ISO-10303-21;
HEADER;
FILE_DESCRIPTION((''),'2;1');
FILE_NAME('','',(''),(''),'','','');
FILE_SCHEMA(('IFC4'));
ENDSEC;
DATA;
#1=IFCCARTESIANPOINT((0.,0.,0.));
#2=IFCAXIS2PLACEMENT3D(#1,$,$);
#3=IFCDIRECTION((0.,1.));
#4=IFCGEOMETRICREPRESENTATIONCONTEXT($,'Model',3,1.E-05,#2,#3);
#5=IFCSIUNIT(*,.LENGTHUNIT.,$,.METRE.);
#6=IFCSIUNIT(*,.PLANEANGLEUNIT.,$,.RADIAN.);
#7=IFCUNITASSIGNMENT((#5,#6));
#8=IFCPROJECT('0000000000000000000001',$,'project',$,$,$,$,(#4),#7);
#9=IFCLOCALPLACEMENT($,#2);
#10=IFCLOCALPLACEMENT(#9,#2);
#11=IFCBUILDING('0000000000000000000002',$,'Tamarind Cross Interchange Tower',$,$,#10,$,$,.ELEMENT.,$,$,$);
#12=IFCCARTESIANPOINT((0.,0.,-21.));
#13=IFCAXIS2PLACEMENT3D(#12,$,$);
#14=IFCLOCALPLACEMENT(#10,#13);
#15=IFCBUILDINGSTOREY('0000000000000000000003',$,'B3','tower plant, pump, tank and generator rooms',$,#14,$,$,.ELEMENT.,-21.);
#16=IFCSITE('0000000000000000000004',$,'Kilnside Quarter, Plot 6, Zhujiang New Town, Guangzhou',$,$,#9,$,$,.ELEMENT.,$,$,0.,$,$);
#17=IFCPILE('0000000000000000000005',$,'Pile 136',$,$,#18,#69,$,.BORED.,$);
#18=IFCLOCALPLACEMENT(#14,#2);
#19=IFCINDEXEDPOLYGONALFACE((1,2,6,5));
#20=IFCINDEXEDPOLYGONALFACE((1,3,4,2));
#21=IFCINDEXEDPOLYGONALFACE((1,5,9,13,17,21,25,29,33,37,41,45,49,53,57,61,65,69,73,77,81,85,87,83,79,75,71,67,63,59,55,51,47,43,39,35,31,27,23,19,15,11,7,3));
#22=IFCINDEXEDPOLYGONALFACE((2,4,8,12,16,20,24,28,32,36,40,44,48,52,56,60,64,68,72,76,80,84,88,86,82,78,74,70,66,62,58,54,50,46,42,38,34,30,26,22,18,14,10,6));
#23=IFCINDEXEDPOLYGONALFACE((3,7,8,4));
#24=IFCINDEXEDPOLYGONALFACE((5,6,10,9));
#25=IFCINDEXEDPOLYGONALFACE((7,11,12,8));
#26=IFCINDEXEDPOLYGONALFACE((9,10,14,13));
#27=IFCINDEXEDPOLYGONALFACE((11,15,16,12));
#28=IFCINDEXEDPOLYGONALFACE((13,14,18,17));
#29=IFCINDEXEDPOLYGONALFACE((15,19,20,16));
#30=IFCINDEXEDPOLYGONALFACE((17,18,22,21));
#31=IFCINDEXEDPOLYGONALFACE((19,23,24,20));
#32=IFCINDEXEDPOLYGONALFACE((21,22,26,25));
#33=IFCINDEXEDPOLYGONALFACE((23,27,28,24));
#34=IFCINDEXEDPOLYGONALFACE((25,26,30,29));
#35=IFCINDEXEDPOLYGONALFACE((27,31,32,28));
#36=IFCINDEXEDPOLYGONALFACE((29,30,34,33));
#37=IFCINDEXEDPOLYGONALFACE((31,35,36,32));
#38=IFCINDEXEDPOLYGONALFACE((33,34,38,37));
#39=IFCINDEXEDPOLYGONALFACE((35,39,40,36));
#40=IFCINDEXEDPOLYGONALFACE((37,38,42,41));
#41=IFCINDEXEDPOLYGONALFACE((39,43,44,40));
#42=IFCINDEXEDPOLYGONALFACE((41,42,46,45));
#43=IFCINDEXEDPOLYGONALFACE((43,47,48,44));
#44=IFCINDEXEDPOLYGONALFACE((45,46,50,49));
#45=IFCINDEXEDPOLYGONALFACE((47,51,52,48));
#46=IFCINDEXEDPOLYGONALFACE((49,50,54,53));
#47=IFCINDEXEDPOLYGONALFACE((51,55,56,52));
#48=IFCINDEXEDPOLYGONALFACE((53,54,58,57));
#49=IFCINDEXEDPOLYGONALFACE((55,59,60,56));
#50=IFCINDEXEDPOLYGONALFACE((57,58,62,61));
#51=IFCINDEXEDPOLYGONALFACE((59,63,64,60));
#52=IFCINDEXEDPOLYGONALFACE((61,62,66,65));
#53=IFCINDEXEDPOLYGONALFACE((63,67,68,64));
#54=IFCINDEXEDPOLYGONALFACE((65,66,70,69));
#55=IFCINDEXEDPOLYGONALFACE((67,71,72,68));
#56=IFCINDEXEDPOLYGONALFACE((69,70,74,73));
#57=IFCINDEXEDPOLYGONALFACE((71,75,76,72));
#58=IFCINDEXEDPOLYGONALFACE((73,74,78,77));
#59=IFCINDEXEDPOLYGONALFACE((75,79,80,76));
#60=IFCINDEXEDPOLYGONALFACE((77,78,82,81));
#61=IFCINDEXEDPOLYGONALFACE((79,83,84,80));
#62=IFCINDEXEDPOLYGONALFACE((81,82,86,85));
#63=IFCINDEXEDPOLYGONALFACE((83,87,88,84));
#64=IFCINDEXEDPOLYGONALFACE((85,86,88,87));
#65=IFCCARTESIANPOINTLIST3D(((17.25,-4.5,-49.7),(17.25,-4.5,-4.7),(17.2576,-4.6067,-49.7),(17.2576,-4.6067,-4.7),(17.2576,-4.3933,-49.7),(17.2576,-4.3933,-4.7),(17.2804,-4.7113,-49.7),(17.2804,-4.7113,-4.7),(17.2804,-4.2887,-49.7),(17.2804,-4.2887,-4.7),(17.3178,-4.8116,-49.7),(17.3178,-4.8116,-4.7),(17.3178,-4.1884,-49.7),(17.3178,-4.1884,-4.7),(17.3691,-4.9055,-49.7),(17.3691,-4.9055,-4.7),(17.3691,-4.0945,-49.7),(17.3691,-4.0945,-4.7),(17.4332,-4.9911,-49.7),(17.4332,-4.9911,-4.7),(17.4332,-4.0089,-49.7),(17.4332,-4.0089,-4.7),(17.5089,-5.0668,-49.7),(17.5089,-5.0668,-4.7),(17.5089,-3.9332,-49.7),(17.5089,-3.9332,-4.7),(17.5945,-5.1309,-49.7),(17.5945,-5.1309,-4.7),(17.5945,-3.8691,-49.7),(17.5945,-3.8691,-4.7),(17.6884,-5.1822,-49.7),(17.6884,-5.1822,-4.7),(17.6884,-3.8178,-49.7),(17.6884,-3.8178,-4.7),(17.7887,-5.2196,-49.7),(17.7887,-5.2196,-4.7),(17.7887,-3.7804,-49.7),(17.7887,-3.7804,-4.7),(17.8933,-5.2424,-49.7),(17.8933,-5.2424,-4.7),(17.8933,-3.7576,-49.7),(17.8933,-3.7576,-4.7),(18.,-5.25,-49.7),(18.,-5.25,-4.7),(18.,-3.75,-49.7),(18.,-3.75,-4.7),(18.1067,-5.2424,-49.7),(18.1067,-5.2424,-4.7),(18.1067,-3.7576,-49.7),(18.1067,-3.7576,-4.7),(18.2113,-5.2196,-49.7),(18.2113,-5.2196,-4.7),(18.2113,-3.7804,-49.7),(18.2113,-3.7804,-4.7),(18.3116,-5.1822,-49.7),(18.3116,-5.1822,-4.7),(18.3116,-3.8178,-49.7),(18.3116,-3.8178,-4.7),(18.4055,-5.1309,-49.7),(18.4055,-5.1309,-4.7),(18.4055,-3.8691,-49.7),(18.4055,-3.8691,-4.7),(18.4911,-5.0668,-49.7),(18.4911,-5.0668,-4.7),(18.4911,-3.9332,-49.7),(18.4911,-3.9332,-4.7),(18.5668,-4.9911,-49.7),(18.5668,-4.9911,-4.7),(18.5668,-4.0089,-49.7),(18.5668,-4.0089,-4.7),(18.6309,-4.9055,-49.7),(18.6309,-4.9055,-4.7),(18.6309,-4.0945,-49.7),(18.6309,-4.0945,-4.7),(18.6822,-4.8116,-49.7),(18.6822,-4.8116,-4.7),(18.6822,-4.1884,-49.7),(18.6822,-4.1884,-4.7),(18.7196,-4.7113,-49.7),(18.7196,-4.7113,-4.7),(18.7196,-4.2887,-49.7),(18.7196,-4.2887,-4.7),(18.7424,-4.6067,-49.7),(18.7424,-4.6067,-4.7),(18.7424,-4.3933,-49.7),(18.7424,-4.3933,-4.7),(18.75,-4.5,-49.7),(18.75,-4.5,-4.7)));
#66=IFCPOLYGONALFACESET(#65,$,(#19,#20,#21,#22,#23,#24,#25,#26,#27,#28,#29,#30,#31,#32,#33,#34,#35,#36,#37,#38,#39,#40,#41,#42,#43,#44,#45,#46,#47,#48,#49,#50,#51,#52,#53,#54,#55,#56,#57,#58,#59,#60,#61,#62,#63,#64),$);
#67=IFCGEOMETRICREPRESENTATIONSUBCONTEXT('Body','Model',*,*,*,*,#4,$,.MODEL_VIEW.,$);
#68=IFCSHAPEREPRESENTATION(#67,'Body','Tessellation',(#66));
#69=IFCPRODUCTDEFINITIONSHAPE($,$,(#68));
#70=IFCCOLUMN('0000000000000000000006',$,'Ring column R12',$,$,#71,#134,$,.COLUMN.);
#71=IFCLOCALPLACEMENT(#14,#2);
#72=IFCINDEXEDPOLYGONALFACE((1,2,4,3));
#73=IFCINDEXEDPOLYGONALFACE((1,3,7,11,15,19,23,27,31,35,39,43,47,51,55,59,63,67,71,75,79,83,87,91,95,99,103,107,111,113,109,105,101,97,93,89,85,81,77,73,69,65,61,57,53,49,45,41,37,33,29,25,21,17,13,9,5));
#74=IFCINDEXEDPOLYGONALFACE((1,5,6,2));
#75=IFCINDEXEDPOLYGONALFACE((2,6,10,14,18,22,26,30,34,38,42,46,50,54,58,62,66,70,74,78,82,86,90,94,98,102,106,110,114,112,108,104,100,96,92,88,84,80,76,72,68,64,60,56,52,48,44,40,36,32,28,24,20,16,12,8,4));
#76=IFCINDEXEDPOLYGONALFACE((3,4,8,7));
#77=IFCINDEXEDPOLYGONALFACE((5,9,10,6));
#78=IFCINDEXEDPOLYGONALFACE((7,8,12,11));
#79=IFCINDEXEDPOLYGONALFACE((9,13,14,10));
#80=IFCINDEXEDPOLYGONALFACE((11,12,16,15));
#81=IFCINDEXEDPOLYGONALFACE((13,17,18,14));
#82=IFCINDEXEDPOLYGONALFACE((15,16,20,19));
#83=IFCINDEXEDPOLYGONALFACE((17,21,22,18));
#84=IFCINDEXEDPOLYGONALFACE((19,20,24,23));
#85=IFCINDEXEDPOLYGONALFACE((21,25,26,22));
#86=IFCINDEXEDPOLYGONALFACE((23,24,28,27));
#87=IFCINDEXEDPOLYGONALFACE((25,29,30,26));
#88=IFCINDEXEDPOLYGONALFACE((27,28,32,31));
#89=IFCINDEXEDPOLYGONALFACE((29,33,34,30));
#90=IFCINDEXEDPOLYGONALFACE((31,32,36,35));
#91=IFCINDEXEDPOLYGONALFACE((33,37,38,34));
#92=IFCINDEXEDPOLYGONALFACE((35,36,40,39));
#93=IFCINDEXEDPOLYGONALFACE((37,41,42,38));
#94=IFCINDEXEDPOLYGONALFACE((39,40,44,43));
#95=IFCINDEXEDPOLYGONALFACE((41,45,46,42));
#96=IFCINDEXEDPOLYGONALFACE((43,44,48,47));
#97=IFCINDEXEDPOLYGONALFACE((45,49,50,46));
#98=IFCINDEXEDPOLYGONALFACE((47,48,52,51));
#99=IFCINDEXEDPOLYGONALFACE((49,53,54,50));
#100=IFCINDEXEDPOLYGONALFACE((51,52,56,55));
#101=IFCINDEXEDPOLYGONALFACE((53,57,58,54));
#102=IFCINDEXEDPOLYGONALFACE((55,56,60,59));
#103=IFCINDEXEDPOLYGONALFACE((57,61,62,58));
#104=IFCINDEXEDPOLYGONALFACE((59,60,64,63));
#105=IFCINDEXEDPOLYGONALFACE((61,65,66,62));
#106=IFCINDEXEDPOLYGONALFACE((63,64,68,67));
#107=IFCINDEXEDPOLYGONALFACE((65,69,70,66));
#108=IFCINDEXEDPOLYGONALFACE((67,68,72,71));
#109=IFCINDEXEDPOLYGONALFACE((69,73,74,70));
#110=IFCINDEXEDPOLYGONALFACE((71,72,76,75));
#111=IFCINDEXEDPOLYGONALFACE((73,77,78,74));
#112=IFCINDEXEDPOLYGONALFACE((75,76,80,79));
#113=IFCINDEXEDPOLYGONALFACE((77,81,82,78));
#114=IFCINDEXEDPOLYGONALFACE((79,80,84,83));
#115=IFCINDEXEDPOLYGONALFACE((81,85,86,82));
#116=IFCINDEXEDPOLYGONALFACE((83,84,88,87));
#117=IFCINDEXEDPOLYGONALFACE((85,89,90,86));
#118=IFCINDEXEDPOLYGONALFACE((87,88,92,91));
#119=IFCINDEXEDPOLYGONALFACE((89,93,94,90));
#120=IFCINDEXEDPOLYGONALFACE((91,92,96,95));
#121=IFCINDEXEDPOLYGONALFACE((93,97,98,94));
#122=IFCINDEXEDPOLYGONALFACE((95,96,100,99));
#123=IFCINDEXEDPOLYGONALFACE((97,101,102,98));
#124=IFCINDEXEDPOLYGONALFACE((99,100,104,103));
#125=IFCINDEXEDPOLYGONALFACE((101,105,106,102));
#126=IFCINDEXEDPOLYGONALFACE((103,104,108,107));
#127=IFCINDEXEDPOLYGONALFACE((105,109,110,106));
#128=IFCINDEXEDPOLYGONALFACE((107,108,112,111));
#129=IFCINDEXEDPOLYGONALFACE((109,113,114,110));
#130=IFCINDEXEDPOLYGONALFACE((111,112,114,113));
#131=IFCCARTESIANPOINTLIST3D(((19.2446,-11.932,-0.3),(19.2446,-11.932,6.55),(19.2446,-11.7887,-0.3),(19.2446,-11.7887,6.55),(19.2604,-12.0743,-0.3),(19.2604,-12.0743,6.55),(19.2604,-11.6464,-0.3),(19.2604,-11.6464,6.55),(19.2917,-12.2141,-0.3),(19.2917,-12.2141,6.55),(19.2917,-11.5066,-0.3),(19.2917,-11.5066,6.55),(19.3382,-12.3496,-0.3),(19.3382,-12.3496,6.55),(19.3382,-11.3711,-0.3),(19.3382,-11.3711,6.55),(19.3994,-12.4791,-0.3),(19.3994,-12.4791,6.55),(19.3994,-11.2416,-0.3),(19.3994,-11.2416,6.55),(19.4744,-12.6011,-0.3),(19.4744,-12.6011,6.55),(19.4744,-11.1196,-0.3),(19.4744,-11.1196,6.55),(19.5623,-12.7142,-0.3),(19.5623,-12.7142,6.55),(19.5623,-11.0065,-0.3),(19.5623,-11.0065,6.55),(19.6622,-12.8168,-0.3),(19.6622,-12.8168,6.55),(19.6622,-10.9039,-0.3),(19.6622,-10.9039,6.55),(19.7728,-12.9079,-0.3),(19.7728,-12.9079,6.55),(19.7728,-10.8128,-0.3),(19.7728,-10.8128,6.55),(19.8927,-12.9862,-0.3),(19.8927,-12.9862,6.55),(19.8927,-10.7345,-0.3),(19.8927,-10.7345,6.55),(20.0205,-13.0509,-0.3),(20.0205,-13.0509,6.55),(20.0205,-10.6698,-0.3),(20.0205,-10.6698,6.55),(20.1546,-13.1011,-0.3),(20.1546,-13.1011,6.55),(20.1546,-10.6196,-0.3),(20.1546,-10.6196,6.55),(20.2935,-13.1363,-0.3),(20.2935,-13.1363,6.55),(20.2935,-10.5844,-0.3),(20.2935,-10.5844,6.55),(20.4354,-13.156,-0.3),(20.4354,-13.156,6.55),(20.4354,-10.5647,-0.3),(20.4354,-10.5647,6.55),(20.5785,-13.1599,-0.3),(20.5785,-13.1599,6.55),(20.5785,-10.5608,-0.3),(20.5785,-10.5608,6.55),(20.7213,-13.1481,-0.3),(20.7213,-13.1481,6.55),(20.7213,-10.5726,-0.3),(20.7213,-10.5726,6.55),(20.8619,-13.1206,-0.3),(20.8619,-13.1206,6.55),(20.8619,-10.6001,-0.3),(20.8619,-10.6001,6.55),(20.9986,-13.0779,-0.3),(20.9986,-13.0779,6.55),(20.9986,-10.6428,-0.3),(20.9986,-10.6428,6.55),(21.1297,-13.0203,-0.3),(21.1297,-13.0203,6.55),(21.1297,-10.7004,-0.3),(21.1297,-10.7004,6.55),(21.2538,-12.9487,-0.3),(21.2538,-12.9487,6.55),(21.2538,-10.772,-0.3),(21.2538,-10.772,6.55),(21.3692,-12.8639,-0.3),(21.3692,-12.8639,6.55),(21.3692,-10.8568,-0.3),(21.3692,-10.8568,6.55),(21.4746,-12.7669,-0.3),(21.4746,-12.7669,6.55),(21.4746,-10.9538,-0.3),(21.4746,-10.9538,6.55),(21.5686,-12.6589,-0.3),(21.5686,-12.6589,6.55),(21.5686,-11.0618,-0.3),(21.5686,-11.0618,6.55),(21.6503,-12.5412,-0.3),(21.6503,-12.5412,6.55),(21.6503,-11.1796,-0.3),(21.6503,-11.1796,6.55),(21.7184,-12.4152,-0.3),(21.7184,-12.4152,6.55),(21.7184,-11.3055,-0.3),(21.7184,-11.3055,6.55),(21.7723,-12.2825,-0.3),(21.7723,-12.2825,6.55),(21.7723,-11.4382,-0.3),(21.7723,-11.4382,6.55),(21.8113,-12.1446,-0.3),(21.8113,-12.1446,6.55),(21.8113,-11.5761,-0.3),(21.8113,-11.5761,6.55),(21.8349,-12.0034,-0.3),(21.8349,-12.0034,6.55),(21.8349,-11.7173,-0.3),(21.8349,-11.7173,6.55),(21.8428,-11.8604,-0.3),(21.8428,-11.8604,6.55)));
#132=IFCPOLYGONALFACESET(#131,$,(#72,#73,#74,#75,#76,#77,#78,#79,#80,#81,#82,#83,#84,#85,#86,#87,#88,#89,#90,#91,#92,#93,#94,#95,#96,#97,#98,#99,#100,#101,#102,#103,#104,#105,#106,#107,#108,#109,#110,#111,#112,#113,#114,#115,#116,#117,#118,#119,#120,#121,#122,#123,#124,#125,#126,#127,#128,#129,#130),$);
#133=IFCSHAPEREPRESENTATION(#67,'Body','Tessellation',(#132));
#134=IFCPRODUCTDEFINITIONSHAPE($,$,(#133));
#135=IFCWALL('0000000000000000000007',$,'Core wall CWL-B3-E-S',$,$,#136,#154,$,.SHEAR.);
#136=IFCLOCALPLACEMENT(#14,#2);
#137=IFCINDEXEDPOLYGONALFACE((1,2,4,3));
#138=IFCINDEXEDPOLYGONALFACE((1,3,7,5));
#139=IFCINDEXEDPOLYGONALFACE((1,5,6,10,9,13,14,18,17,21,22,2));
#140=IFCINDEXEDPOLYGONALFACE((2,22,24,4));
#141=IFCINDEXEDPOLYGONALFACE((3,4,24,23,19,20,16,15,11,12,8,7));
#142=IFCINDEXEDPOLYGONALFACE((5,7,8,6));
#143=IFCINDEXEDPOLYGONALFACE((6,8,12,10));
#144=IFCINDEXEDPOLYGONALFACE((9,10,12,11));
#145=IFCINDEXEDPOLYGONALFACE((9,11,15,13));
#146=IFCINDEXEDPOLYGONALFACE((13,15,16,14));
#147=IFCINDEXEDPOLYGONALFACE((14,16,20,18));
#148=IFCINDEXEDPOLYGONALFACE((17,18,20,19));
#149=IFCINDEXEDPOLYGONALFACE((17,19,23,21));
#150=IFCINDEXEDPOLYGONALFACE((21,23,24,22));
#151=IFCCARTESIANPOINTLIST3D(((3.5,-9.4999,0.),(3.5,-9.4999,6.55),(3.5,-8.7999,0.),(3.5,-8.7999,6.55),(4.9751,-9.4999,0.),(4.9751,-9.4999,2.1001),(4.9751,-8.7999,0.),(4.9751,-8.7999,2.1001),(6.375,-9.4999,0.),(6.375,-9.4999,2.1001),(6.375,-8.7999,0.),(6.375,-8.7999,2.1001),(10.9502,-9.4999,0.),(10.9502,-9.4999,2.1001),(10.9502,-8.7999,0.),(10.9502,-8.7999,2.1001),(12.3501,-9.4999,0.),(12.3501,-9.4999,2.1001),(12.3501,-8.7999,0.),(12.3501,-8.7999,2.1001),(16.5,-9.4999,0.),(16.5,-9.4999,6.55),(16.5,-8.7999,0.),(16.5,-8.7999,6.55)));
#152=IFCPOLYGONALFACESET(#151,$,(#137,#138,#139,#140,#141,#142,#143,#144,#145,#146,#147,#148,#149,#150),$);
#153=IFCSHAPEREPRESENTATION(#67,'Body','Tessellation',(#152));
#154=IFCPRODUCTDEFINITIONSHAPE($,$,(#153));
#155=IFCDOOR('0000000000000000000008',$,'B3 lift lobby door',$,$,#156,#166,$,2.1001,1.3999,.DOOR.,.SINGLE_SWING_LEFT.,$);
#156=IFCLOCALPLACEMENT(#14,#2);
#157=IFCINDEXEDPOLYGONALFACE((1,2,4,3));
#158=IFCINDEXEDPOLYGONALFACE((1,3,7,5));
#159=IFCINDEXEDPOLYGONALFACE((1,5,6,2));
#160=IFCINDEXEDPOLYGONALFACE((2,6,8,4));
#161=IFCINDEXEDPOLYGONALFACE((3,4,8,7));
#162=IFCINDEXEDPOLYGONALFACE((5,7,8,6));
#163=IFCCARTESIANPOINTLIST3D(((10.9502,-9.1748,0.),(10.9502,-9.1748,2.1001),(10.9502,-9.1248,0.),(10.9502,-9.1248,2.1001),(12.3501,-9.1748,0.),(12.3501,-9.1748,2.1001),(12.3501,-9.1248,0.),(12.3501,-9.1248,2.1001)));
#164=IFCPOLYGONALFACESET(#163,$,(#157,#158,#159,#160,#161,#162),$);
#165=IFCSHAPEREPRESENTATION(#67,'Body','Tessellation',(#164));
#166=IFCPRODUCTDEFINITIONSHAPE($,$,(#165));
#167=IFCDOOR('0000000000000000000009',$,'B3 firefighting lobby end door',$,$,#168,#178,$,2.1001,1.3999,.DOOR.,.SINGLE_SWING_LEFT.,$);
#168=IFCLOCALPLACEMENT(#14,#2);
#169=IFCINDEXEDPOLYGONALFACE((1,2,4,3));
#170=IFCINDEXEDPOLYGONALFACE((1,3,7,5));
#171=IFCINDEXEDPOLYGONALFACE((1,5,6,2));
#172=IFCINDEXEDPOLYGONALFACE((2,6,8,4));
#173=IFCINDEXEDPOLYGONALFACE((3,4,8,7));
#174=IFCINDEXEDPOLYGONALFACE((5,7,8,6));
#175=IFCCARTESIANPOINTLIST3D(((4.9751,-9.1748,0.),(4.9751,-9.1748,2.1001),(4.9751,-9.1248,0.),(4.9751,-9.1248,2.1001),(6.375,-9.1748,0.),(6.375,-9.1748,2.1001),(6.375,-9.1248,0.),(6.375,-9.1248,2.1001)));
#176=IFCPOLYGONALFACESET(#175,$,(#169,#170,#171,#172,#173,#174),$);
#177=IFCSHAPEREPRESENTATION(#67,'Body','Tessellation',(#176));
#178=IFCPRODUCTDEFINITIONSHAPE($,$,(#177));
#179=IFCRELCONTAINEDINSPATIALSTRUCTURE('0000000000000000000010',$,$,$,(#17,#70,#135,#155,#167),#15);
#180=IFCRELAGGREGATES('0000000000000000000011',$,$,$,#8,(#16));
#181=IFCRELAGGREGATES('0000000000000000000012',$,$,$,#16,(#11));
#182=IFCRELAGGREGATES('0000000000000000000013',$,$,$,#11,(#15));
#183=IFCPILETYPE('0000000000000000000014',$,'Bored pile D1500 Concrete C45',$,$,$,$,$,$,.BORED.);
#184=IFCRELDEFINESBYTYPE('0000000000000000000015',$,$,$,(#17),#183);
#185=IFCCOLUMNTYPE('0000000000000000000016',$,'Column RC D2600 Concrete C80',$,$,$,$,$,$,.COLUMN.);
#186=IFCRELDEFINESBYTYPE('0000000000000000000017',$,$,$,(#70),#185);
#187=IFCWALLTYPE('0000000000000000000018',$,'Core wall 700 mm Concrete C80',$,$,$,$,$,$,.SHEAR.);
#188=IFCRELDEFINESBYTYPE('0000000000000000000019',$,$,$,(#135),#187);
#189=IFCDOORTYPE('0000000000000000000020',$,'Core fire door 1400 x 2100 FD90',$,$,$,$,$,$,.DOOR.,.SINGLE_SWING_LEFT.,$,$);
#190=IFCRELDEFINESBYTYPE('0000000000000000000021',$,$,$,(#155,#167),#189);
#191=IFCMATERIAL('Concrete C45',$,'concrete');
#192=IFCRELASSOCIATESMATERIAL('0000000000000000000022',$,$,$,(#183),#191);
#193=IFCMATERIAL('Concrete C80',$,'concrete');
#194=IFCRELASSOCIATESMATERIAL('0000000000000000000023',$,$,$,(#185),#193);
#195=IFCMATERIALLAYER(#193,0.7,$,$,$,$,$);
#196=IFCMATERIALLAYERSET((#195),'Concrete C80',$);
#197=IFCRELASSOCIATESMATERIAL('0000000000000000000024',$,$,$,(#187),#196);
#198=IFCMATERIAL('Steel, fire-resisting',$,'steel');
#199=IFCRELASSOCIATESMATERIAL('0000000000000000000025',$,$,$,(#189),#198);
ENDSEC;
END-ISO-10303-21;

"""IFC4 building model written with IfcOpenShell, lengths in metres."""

from ifc_helpers import new_model, si_unit, direction, frame, frame_2d, origin, origin_2d, place, context, subcontext, project, spatial, rectangle, circle, extrude, material, layer, layer_set, material_profile, profile_set, type_object, element, fill, save


model = new_model("IFC4")

# Units and contexts
model_context = context("Model", 3, precision=1e-05, world=origin(), true_north=direction((0.0, 1.0)))
body_context = subcontext(model_context, "Body", "Model", "MODEL_VIEW")
ifc_project = project(units=[si_unit("LENGTHUNIT", "METRE"), si_unit("PLANEANGLEUNIT", "RADIAN")], contexts=[model_context])

# Site, building, storey
site_placement = place(None, origin())
site = spatial("IfcSite", under=ifc_project, at=site_placement, Name="Kilnside Quarter, Plot 6, Zhujiang New Town, Guangzhou", CompositionType="ELEMENT", RefElevation=0.0)
building_placement = place(site_placement, origin())
building = spatial("IfcBuilding", under=site, at=building_placement, Name="Tamarind Cross Interchange Tower", CompositionType="ELEMENT")
storey_placement = place(building_placement, frame((0.0, 0.0, -21.0)))
storey = spatial("IfcBuildingStorey", under=building, at=storey_placement, Name="B3", Description="tower plant, pump, tank and generator rooms", CompositionType="ELEMENT", Elevation=-21.0)

# Pile
ifc_material_1 = material(Name="Concrete C45", Category="concrete")
ifc_material_profile_1 = material_profile(ifc_material_1, circle(Radius=0.75, at=origin_2d()), Name="RC D1500")
ifc_profile_set_1 = profile_set([ifc_material_profile_1], Name="Concrete C45")
pile_type = type_object("IfcPileType", Name="Bored pile D1500 Concrete C45", PredefinedType="BORED", material=ifc_profile_set_1)
for number, where, z_axis, x_axis, name in (
    (1, (18.0, -4.5, -4.7), (0.0, 0.0, -1.0), (1.0, 0.0, 0.0), "Pile 136"),
):
    element("IfcPile", number, at=place(storey_placement, frame(where, z_axis=z_axis, x_axis=x_axis)), inside=storey, type_object=pile_type, Name=name, PredefinedType="BORED", context=body_context, shape_type="SweptSolid", body=[
        extrude(circle(Radius=0.75, at=origin_2d()), origin(), (0.0, 0.0, 1.0), 45.0),
    ])

# Column
ifc_material_2 = material(Name="Concrete C80", Category="concrete")
ifc_material_profile_2 = material_profile(ifc_material_2, circle(Radius=1.3, at=origin_2d()), Name="RC D2600")
ifc_profile_set_2 = profile_set([ifc_material_profile_2], Name="Concrete C80")
column_type = type_object("IfcColumnType", Name="Column RC D2600 Concrete C80", PredefinedType="COLUMN", material=ifc_profile_set_2)
column_placement = place(storey_placement, frame((20.5427, -11.8604, -0.3), z_axis=(0.0, 0.0, 1.0), x_axis=(1.0, 0.0, 0.0)))
element("IfcColumn", 2, at=column_placement, inside=storey, type_object=column_type, Name="Ring column R12", PredefinedType="COLUMN", context=body_context, shape_type="SweptSolid", body=[
    extrude(circle(Radius=1.3, at=origin_2d()), origin(), (0.0, 0.0, 1.0), 6.8501),
])

# Wall, openings, doors
ifc_layer_1 = layer(ifc_material_2, 0.7)
ifc_layer_set_1 = layer_set([ifc_layer_1], Name="Concrete C80")
wall_type_1 = type_object("IfcWallType", Name="Core wall 700 mm Concrete C80", PredefinedType="SHEAR", material=ifc_layer_set_1)
wall_1_placement = place(storey_placement, frame((16.5, -9.1499, 0.0), z_axis=(0.0, 0.0, 1.0), x_axis=(-1.0, 0.0, 0.0)))
wall_1 = element("IfcWall", 3, at=wall_1_placement, inside=storey, type_object=wall_type_1, Name="Core wall CWL-B3-E-S", PredefinedType="SHEAR", context=body_context, shape_type="SweptSolid", body=[
    extrude(rectangle(XDim=13.0, YDim=0.7, at=frame_2d((6.5, 0.0))), origin(), (0.0, 0.0, 1.0), 6.55),
])
opening_1_placement = place(wall_1_placement, frame((4.1499, 0.0, 0.0)))
opening_1 = element("IfcOpeningElement", 4, at=opening_1_placement, cuts=wall_1, PredefinedType="OPENING", context=body_context, shape_type="SweptSolid", body=[
    extrude(rectangle(XDim=1.3999, YDim=2.1001, at=frame_2d((0.7, 1.05))), frame((0.0, 0.3599, 0.0), z_axis=(0.0, -1.0, 0.0), x_axis=(1.0, 0.0, 0.0)), (0.0, 0.0, 1.0), 0.72),
])
opening_2_placement = place(wall_1_placement, frame((10.125, 0.0, 0.0)))
opening_2 = element("IfcOpeningElement", 5, at=opening_2_placement, cuts=wall_1, PredefinedType="OPENING", context=body_context, shape_type="SweptSolid", body=[
    extrude(rectangle(XDim=1.3999, YDim=2.1001, at=frame_2d((0.7, 1.05))), frame((0.0, 0.3599, 0.0), z_axis=(0.0, -1.0, 0.0), x_axis=(1.0, 0.0, 0.0)), (0.0, 0.0, 1.0), 0.72),
])
ifc_material_3 = material(Name="Steel, fire-resisting", Category="steel")
door_type_1 = type_object("IfcDoorType", Name="Core fire door 1400 x 2100 FD90", OperationType="SINGLE_SWING_LEFT", PredefinedType="DOOR", material=ifc_material_3)
door_1_placement = place(opening_1_placement, origin())
door_1 = element("IfcDoor", 6, at=door_1_placement, inside=storey, type_object=door_type_1, Name="B3 lift lobby door", OperationType="SINGLE_SWING_LEFT", OverallHeight=2.1001, OverallWidth=1.3999, PredefinedType="DOOR", context=body_context, shape_type="SweptSolid", body=[
    extrude(rectangle(XDim=1.3999, YDim=2.1001, at=frame_2d((0.7, 1.05))), frame((0.0, 0.0249, 0.0), z_axis=(0.0, -1.0, 0.0), x_axis=(1.0, 0.0, 0.0)), (0.0, 0.0, 1.0), 0.05),
])
fill(opening_1, door_1)
door_2_placement = place(opening_2_placement, origin())
door_2 = element("IfcDoor", 7, at=door_2_placement, inside=storey, type_object=door_type_1, Name="B3 firefighting lobby end door", OperationType="SINGLE_SWING_LEFT", OverallHeight=2.1001, OverallWidth=1.3999, PredefinedType="DOOR", context=body_context, shape_type="SweptSolid", body=[
    extrude(rectangle(XDim=1.3999, YDim=2.1001, at=frame_2d((0.7, 1.05))), frame((0.0, 0.0249, 0.0), z_axis=(0.0, -1.0, 0.0), x_axis=(1.0, 0.0, 0.0)), (0.0, 0.0, 1.0), 0.05),
])
fill(opening_2, door_2)

save(model, "model.ifc")
